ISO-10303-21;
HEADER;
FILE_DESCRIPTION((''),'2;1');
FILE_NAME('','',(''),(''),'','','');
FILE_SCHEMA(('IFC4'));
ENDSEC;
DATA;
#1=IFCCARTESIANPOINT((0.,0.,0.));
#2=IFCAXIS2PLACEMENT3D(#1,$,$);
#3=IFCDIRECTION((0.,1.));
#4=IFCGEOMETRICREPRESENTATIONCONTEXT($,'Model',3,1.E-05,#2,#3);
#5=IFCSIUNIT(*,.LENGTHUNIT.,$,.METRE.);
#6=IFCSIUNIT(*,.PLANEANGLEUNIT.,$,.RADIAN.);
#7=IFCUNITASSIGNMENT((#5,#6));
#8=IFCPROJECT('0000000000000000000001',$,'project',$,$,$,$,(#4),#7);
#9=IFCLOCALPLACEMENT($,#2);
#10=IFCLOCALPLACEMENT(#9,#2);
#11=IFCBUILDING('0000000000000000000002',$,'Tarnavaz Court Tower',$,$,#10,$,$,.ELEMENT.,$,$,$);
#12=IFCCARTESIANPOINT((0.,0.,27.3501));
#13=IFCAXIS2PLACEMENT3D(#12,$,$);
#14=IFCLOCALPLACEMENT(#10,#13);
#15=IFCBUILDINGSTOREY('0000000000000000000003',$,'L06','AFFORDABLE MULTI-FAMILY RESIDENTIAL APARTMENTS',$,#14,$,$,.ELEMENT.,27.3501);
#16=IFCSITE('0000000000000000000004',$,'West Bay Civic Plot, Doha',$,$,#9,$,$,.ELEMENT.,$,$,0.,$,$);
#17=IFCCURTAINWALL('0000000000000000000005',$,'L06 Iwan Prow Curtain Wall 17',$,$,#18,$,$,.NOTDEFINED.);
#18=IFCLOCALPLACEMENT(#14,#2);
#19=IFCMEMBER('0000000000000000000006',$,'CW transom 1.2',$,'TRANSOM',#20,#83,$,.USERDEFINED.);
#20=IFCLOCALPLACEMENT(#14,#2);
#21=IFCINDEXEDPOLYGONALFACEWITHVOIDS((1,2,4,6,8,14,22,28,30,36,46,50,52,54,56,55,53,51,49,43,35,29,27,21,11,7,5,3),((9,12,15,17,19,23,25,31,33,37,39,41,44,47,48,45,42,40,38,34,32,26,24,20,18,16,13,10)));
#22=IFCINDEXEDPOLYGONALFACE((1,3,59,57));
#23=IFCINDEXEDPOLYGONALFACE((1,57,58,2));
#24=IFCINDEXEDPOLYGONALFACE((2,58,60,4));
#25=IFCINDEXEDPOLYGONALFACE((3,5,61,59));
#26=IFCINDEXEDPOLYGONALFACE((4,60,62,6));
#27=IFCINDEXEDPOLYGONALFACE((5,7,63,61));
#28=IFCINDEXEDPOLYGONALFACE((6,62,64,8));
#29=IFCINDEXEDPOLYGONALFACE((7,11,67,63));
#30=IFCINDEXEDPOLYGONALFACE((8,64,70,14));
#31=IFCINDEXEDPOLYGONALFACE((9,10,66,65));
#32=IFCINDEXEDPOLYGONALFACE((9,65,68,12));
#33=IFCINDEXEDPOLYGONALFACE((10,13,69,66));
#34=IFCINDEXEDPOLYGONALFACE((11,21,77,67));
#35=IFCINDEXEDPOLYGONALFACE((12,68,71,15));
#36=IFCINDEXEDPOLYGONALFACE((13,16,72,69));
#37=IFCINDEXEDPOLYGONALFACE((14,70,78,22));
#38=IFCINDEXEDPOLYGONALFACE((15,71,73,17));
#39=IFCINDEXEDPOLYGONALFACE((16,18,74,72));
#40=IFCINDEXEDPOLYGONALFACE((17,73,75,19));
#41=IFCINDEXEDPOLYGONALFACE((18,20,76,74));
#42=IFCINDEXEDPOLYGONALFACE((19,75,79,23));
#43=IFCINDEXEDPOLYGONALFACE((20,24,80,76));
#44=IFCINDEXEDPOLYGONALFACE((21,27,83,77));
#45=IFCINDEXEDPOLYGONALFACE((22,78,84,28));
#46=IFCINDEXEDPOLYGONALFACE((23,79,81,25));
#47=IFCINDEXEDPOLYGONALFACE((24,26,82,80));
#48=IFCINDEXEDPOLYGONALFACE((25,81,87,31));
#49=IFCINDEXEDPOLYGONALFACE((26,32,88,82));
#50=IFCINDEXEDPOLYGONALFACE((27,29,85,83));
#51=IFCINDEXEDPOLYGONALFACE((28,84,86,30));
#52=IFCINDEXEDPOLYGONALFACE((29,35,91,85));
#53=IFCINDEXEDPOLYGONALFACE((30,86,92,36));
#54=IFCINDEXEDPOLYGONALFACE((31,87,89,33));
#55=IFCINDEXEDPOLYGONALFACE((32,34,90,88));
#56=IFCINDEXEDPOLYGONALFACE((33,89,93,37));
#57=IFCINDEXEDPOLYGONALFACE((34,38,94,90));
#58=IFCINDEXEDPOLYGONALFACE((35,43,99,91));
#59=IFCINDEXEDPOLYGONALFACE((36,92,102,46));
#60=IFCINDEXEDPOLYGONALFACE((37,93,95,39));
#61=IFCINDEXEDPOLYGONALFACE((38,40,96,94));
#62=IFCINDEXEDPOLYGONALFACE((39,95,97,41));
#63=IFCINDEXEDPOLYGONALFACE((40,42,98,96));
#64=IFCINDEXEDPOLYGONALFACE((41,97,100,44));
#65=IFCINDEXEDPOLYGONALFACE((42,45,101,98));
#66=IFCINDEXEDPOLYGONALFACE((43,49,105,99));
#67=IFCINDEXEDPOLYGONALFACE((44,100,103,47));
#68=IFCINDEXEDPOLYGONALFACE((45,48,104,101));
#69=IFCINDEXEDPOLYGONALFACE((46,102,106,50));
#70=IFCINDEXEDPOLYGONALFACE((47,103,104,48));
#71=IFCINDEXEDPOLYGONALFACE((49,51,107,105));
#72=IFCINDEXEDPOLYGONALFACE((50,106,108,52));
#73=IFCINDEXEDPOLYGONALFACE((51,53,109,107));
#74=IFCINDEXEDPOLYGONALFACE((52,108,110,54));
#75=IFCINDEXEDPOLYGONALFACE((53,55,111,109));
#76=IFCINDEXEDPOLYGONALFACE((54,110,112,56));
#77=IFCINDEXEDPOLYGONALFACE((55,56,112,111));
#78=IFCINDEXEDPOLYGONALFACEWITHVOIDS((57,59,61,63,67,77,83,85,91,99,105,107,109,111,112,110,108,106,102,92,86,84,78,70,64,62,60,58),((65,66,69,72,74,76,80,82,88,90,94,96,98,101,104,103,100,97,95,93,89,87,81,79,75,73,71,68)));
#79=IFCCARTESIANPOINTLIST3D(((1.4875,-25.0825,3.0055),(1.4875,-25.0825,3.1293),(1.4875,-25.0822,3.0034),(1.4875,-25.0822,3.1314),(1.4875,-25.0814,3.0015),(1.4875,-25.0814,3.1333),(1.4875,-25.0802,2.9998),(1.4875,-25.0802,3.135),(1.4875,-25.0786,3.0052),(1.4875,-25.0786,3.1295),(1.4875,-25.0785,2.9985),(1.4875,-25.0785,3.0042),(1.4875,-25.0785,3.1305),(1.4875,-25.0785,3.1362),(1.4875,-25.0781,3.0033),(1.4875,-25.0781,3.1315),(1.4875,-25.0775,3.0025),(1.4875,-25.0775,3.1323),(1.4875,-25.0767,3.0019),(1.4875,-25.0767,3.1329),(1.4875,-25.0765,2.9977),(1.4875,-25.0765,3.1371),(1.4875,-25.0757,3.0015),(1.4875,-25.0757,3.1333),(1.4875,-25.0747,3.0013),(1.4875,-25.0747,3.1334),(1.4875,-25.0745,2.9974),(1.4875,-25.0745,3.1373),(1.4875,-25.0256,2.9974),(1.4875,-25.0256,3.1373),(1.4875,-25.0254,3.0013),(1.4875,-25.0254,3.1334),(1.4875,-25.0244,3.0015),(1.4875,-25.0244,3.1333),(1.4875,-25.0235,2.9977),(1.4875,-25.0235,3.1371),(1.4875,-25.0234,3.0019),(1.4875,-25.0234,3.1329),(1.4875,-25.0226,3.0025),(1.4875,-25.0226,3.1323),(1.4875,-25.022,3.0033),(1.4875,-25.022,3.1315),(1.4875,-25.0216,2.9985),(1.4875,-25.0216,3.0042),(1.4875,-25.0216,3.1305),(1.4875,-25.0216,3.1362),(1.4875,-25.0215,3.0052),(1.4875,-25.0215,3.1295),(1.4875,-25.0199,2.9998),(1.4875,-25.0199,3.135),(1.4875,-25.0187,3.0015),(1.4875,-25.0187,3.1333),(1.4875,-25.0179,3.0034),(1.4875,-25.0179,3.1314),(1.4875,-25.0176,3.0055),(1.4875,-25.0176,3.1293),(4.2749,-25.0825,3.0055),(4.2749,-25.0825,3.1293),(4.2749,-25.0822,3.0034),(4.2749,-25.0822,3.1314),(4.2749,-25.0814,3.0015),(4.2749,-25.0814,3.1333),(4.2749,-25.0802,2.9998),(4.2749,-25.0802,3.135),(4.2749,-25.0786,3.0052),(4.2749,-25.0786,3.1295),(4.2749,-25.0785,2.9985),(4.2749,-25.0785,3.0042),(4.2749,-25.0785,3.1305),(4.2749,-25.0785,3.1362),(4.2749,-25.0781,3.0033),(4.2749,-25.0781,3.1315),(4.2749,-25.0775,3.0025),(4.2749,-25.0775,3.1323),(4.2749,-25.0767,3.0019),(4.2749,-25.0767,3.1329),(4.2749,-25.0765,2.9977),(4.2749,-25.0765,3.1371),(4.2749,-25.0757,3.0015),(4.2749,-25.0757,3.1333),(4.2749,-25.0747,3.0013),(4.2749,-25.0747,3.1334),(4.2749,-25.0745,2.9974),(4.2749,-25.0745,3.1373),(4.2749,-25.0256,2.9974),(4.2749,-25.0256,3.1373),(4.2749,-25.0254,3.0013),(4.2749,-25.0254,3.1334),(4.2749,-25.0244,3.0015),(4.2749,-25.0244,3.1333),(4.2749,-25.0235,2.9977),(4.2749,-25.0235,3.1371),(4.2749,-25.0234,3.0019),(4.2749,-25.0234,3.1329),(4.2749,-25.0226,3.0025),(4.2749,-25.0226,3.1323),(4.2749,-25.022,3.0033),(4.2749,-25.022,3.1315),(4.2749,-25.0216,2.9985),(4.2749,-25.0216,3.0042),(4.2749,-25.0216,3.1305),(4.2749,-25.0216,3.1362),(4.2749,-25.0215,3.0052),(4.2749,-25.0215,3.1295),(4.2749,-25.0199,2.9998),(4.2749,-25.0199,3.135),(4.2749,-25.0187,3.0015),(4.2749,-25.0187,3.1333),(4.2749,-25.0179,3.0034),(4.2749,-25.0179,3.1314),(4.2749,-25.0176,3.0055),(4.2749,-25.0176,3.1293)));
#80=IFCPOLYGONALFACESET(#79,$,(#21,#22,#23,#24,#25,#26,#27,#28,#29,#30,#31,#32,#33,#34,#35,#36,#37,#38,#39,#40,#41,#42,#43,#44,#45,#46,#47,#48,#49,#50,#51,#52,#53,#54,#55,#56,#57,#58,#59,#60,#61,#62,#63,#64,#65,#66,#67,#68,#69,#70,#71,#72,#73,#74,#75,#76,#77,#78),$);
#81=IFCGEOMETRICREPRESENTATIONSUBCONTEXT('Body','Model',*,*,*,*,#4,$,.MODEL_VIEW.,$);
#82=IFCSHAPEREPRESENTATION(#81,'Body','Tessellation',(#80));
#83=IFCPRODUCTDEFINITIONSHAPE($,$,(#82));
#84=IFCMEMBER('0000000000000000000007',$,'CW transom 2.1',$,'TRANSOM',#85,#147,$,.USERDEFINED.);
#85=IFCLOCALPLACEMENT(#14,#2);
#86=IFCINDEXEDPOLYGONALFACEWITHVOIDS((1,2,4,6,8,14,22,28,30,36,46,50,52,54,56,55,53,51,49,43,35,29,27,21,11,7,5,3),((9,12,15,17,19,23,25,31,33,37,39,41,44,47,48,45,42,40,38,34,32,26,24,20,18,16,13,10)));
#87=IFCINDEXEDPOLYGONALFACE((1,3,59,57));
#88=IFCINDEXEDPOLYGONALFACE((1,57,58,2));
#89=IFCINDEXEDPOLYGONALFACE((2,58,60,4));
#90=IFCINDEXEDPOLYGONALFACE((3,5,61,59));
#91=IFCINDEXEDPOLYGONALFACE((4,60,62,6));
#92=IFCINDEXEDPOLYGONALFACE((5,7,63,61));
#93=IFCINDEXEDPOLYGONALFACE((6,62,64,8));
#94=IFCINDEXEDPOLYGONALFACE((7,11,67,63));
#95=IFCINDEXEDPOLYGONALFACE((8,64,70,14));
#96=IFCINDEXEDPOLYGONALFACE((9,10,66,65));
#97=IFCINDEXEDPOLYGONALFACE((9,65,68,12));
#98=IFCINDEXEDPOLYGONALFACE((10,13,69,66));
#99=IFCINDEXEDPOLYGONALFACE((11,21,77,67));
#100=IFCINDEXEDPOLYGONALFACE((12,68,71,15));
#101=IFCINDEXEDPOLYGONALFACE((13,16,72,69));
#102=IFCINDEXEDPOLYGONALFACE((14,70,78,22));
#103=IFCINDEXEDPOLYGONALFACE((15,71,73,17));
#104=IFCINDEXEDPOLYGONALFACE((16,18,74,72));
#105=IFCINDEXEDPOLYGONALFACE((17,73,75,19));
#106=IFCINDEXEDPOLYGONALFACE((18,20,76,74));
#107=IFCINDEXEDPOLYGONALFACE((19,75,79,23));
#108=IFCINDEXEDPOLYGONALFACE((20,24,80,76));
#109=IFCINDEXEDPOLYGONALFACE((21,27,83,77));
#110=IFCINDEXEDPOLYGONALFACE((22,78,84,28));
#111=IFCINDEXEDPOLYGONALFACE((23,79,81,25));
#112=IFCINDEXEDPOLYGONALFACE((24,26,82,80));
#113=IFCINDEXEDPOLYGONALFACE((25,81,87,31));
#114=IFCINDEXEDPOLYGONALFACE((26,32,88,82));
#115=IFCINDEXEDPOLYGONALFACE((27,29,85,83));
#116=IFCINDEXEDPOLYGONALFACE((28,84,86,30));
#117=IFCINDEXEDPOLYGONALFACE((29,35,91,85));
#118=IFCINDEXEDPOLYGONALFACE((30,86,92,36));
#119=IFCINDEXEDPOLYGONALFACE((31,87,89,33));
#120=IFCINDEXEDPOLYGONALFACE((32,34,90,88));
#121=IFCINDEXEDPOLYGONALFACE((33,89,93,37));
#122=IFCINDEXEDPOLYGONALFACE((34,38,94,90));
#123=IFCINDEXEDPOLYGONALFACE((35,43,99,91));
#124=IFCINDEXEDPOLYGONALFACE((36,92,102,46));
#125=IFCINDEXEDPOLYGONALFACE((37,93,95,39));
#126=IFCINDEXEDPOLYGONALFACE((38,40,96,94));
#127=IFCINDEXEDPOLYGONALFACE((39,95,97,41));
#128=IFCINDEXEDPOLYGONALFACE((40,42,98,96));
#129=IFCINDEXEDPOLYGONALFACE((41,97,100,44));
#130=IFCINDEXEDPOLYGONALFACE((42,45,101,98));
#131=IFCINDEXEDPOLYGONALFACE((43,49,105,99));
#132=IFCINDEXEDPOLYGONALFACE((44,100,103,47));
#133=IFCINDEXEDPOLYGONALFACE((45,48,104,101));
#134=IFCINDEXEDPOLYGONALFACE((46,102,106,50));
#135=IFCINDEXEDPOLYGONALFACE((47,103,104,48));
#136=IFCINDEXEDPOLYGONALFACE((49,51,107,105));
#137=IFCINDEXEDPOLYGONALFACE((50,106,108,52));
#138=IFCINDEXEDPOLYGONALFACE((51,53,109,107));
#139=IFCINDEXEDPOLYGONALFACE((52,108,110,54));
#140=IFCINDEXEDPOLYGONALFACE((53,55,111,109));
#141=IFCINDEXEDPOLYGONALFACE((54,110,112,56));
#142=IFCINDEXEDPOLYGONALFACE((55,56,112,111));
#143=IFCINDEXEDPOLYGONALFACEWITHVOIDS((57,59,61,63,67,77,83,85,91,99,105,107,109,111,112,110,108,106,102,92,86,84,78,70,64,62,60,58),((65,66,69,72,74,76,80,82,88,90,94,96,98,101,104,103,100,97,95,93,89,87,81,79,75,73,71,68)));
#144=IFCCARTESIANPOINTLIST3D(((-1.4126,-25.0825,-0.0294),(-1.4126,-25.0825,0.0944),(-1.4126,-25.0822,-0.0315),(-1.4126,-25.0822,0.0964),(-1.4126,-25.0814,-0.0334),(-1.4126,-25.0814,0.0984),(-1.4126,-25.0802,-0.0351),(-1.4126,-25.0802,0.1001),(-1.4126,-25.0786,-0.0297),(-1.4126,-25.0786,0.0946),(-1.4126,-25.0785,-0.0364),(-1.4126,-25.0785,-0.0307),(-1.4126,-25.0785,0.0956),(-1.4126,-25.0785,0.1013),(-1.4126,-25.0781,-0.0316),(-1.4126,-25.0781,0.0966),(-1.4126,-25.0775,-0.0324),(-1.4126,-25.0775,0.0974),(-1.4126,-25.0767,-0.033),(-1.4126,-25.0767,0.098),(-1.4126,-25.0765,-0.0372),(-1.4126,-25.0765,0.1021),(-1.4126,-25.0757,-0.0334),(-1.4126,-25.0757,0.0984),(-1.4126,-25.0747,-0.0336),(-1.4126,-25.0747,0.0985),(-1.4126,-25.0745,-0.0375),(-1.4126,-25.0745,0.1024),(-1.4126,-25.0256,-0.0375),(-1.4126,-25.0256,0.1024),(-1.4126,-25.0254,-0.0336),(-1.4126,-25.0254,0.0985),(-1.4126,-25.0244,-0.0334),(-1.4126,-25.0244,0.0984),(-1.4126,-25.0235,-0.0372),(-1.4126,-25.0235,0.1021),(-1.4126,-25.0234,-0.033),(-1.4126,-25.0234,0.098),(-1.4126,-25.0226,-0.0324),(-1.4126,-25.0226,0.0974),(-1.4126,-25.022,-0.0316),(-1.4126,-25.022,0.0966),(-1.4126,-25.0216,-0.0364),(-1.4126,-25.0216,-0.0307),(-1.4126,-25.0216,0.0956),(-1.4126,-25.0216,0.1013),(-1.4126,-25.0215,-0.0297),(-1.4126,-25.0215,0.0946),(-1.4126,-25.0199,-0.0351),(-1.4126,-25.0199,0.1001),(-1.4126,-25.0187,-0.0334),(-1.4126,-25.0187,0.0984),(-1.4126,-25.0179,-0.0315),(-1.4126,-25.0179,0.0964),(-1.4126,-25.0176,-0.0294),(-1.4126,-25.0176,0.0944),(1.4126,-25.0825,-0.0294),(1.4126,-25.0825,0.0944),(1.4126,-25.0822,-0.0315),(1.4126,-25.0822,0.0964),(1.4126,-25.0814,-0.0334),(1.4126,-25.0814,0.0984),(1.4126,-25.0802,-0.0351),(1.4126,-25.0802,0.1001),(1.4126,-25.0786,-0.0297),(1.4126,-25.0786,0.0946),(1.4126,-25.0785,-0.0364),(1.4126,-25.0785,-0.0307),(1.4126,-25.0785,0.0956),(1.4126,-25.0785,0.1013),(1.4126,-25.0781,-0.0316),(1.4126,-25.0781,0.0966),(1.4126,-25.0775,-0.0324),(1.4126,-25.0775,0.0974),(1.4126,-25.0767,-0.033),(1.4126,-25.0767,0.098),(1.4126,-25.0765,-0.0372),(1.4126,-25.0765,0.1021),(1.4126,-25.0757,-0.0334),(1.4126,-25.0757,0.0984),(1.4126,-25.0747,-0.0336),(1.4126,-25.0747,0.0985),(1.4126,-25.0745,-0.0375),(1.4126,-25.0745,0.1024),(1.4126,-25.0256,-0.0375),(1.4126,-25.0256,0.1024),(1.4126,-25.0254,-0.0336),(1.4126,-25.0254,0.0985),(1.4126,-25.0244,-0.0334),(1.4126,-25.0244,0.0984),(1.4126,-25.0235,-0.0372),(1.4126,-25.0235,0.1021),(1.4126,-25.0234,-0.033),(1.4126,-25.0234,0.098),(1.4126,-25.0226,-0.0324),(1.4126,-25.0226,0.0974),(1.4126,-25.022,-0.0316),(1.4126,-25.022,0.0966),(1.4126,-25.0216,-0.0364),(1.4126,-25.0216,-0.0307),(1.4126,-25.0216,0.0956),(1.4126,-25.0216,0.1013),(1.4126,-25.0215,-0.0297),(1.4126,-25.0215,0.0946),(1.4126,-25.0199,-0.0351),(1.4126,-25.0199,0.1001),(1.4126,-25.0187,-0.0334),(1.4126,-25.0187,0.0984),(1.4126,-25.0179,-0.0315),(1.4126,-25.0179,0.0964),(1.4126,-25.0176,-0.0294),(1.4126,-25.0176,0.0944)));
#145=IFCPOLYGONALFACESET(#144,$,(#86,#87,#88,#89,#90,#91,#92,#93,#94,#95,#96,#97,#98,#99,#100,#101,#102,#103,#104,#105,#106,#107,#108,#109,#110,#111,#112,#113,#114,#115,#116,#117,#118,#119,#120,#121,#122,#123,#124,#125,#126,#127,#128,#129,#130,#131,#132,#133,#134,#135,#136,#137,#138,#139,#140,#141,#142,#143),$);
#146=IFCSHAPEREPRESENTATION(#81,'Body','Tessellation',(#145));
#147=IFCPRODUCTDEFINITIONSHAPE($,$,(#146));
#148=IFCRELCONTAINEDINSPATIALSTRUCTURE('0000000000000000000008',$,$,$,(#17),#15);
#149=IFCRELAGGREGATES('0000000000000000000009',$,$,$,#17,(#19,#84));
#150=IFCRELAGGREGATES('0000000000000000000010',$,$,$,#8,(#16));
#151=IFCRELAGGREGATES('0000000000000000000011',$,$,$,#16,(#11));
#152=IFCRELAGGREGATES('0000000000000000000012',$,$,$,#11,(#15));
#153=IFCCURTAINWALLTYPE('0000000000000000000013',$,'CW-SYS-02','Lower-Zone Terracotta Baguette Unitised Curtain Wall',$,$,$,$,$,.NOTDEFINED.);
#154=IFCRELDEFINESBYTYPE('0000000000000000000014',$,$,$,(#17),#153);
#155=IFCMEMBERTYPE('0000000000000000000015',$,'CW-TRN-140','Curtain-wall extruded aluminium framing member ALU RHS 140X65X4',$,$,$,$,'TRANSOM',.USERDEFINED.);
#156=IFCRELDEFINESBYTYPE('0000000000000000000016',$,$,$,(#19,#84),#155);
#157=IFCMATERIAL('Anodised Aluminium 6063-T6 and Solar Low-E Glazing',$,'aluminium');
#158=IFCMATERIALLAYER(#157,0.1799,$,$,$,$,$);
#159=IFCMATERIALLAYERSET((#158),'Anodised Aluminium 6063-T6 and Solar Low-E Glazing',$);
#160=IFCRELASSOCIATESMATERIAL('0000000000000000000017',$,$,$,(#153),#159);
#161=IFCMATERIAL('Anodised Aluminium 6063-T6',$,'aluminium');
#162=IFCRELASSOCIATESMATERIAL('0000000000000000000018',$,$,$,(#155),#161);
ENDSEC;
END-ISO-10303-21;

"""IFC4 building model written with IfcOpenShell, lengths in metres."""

from ifc_helpers import new_model, si_unit, direction, frame, origin, origin_2d, place, context, subcontext, project, spatial, hollow_rectangle, extrude, material, layer, layer_set, material_profile, profile_set, type_object, element, aggregate, save


model = new_model("IFC4")

# Units and contexts
model_context = context("Model", 3, precision=1e-05, world=origin(), true_north=direction((0.0, 1.0)))
body_context = subcontext(model_context, "Body", "Model", "MODEL_VIEW")
ifc_project = project(units=[si_unit("LENGTHUNIT", "METRE"), si_unit("PLANEANGLEUNIT", "RADIAN")], contexts=[model_context])

# Site, building, storey
site_placement = place(None, origin())
site = spatial("IfcSite", under=ifc_project, at=site_placement, Name="West Bay Civic Plot, Doha", CompositionType="ELEMENT", RefElevation=0.0)
building_placement = place(site_placement, origin())
building = spatial("IfcBuilding", under=site, at=building_placement, Name="Tarnavaz Court Tower", CompositionType="ELEMENT")
storey_placement = place(building_placement, frame((0.0, 0.0, 27.3501)))
storey = spatial("IfcBuildingStorey", under=building, at=storey_placement, Name="L06", Description="AFFORDABLE MULTI-FAMILY RESIDENTIAL APARTMENTS", CompositionType="ELEMENT", Elevation=27.3501)

# Curtain wall, members
ifc_material_1 = material(Name="Anodised Aluminium 6063-T6 and Solar Low-E Glazing", Category="aluminium")
ifc_layer_1 = layer(ifc_material_1, 0.1799)
ifc_layer_set_1 = layer_set([ifc_layer_1], Name="Anodised Aluminium 6063-T6 and Solar Low-E Glazing")
curtain_wall_type = type_object("IfcCurtainWallType", Name="CW-SYS-02", Description="Lower-Zone Terracotta Baguette Unitised Curtain Wall", PredefinedType="NOTDEFINED", material=ifc_layer_set_1)
curtain_wall_placement = place(storey_placement, origin())
curtain_wall = element("IfcCurtainWall", 1, at=curtain_wall_placement, inside=storey, type_object=curtain_wall_type, Name="L06 Iwan Prow Curtain Wall 17", PredefinedType="NOTDEFINED")
ifc_material_2 = material(Name="Anodised Aluminium 6063-T6", Category="aluminium")
ifc_material_profile_1 = material_profile(ifc_material_2, hollow_rectangle(XDim=0.0649, YDim=0.1399, WallThickness=0.0039, InnerFilletRadius=0.0039, OuterFilletRadius=0.0081, at=origin_2d()), Name="ALU RHS 140X65X4")
ifc_profile_set_1 = profile_set([ifc_material_profile_1], Name="Anodised Aluminium 6063-T6")
member_type_1 = type_object("IfcMemberType", Name="CW-TRN-140", Description="Curtain-wall extruded aluminium framing member ALU RHS 140X65X4", ElementType="TRANSOM", PredefinedType="USERDEFINED", material=ifc_profile_set_1)
member_1_placement = place(storey_placement, frame((4.2749, -25.05, 3.0674), z_axis=(-1.0, 0.0, 0.0), x_axis=(0.0, -1.0, 0.0)))
member_1 = element("IfcMember", 2, at=member_1_placement, type_object=member_type_1, Name="CW transom 1.2", ObjectType="TRANSOM", PredefinedType="USERDEFINED", context=body_context, shape_type="SweptSolid", body=[
    extrude(hollow_rectangle(XDim=0.0649, YDim=0.1399, WallThickness=0.0039, InnerFilletRadius=0.0039, OuterFilletRadius=0.0081, at=origin_2d()), origin(), (0.0, 0.0, 1.0), 2.7874),
])
member_2_placement = place(storey_placement, frame((1.4126, -25.05, 0.0325), z_axis=(-1.0, 0.0, 0.0), x_axis=(0.0, -1.0, 0.0)))
member_2 = element("IfcMember", 3, at=member_2_placement, type_object=member_type_1, Name="CW transom 2.1", ObjectType="TRANSOM", PredefinedType="USERDEFINED", context=body_context, shape_type="SweptSolid", body=[
    extrude(hollow_rectangle(XDim=0.0649, YDim=0.1399, WallThickness=0.0039, InnerFilletRadius=0.0039, OuterFilletRadius=0.0081, at=origin_2d()), origin(), (0.0, 0.0, 1.0), 2.8252),
])
aggregate(curtain_wall, [member_1, member_2])

save(model, "model.ifc")
